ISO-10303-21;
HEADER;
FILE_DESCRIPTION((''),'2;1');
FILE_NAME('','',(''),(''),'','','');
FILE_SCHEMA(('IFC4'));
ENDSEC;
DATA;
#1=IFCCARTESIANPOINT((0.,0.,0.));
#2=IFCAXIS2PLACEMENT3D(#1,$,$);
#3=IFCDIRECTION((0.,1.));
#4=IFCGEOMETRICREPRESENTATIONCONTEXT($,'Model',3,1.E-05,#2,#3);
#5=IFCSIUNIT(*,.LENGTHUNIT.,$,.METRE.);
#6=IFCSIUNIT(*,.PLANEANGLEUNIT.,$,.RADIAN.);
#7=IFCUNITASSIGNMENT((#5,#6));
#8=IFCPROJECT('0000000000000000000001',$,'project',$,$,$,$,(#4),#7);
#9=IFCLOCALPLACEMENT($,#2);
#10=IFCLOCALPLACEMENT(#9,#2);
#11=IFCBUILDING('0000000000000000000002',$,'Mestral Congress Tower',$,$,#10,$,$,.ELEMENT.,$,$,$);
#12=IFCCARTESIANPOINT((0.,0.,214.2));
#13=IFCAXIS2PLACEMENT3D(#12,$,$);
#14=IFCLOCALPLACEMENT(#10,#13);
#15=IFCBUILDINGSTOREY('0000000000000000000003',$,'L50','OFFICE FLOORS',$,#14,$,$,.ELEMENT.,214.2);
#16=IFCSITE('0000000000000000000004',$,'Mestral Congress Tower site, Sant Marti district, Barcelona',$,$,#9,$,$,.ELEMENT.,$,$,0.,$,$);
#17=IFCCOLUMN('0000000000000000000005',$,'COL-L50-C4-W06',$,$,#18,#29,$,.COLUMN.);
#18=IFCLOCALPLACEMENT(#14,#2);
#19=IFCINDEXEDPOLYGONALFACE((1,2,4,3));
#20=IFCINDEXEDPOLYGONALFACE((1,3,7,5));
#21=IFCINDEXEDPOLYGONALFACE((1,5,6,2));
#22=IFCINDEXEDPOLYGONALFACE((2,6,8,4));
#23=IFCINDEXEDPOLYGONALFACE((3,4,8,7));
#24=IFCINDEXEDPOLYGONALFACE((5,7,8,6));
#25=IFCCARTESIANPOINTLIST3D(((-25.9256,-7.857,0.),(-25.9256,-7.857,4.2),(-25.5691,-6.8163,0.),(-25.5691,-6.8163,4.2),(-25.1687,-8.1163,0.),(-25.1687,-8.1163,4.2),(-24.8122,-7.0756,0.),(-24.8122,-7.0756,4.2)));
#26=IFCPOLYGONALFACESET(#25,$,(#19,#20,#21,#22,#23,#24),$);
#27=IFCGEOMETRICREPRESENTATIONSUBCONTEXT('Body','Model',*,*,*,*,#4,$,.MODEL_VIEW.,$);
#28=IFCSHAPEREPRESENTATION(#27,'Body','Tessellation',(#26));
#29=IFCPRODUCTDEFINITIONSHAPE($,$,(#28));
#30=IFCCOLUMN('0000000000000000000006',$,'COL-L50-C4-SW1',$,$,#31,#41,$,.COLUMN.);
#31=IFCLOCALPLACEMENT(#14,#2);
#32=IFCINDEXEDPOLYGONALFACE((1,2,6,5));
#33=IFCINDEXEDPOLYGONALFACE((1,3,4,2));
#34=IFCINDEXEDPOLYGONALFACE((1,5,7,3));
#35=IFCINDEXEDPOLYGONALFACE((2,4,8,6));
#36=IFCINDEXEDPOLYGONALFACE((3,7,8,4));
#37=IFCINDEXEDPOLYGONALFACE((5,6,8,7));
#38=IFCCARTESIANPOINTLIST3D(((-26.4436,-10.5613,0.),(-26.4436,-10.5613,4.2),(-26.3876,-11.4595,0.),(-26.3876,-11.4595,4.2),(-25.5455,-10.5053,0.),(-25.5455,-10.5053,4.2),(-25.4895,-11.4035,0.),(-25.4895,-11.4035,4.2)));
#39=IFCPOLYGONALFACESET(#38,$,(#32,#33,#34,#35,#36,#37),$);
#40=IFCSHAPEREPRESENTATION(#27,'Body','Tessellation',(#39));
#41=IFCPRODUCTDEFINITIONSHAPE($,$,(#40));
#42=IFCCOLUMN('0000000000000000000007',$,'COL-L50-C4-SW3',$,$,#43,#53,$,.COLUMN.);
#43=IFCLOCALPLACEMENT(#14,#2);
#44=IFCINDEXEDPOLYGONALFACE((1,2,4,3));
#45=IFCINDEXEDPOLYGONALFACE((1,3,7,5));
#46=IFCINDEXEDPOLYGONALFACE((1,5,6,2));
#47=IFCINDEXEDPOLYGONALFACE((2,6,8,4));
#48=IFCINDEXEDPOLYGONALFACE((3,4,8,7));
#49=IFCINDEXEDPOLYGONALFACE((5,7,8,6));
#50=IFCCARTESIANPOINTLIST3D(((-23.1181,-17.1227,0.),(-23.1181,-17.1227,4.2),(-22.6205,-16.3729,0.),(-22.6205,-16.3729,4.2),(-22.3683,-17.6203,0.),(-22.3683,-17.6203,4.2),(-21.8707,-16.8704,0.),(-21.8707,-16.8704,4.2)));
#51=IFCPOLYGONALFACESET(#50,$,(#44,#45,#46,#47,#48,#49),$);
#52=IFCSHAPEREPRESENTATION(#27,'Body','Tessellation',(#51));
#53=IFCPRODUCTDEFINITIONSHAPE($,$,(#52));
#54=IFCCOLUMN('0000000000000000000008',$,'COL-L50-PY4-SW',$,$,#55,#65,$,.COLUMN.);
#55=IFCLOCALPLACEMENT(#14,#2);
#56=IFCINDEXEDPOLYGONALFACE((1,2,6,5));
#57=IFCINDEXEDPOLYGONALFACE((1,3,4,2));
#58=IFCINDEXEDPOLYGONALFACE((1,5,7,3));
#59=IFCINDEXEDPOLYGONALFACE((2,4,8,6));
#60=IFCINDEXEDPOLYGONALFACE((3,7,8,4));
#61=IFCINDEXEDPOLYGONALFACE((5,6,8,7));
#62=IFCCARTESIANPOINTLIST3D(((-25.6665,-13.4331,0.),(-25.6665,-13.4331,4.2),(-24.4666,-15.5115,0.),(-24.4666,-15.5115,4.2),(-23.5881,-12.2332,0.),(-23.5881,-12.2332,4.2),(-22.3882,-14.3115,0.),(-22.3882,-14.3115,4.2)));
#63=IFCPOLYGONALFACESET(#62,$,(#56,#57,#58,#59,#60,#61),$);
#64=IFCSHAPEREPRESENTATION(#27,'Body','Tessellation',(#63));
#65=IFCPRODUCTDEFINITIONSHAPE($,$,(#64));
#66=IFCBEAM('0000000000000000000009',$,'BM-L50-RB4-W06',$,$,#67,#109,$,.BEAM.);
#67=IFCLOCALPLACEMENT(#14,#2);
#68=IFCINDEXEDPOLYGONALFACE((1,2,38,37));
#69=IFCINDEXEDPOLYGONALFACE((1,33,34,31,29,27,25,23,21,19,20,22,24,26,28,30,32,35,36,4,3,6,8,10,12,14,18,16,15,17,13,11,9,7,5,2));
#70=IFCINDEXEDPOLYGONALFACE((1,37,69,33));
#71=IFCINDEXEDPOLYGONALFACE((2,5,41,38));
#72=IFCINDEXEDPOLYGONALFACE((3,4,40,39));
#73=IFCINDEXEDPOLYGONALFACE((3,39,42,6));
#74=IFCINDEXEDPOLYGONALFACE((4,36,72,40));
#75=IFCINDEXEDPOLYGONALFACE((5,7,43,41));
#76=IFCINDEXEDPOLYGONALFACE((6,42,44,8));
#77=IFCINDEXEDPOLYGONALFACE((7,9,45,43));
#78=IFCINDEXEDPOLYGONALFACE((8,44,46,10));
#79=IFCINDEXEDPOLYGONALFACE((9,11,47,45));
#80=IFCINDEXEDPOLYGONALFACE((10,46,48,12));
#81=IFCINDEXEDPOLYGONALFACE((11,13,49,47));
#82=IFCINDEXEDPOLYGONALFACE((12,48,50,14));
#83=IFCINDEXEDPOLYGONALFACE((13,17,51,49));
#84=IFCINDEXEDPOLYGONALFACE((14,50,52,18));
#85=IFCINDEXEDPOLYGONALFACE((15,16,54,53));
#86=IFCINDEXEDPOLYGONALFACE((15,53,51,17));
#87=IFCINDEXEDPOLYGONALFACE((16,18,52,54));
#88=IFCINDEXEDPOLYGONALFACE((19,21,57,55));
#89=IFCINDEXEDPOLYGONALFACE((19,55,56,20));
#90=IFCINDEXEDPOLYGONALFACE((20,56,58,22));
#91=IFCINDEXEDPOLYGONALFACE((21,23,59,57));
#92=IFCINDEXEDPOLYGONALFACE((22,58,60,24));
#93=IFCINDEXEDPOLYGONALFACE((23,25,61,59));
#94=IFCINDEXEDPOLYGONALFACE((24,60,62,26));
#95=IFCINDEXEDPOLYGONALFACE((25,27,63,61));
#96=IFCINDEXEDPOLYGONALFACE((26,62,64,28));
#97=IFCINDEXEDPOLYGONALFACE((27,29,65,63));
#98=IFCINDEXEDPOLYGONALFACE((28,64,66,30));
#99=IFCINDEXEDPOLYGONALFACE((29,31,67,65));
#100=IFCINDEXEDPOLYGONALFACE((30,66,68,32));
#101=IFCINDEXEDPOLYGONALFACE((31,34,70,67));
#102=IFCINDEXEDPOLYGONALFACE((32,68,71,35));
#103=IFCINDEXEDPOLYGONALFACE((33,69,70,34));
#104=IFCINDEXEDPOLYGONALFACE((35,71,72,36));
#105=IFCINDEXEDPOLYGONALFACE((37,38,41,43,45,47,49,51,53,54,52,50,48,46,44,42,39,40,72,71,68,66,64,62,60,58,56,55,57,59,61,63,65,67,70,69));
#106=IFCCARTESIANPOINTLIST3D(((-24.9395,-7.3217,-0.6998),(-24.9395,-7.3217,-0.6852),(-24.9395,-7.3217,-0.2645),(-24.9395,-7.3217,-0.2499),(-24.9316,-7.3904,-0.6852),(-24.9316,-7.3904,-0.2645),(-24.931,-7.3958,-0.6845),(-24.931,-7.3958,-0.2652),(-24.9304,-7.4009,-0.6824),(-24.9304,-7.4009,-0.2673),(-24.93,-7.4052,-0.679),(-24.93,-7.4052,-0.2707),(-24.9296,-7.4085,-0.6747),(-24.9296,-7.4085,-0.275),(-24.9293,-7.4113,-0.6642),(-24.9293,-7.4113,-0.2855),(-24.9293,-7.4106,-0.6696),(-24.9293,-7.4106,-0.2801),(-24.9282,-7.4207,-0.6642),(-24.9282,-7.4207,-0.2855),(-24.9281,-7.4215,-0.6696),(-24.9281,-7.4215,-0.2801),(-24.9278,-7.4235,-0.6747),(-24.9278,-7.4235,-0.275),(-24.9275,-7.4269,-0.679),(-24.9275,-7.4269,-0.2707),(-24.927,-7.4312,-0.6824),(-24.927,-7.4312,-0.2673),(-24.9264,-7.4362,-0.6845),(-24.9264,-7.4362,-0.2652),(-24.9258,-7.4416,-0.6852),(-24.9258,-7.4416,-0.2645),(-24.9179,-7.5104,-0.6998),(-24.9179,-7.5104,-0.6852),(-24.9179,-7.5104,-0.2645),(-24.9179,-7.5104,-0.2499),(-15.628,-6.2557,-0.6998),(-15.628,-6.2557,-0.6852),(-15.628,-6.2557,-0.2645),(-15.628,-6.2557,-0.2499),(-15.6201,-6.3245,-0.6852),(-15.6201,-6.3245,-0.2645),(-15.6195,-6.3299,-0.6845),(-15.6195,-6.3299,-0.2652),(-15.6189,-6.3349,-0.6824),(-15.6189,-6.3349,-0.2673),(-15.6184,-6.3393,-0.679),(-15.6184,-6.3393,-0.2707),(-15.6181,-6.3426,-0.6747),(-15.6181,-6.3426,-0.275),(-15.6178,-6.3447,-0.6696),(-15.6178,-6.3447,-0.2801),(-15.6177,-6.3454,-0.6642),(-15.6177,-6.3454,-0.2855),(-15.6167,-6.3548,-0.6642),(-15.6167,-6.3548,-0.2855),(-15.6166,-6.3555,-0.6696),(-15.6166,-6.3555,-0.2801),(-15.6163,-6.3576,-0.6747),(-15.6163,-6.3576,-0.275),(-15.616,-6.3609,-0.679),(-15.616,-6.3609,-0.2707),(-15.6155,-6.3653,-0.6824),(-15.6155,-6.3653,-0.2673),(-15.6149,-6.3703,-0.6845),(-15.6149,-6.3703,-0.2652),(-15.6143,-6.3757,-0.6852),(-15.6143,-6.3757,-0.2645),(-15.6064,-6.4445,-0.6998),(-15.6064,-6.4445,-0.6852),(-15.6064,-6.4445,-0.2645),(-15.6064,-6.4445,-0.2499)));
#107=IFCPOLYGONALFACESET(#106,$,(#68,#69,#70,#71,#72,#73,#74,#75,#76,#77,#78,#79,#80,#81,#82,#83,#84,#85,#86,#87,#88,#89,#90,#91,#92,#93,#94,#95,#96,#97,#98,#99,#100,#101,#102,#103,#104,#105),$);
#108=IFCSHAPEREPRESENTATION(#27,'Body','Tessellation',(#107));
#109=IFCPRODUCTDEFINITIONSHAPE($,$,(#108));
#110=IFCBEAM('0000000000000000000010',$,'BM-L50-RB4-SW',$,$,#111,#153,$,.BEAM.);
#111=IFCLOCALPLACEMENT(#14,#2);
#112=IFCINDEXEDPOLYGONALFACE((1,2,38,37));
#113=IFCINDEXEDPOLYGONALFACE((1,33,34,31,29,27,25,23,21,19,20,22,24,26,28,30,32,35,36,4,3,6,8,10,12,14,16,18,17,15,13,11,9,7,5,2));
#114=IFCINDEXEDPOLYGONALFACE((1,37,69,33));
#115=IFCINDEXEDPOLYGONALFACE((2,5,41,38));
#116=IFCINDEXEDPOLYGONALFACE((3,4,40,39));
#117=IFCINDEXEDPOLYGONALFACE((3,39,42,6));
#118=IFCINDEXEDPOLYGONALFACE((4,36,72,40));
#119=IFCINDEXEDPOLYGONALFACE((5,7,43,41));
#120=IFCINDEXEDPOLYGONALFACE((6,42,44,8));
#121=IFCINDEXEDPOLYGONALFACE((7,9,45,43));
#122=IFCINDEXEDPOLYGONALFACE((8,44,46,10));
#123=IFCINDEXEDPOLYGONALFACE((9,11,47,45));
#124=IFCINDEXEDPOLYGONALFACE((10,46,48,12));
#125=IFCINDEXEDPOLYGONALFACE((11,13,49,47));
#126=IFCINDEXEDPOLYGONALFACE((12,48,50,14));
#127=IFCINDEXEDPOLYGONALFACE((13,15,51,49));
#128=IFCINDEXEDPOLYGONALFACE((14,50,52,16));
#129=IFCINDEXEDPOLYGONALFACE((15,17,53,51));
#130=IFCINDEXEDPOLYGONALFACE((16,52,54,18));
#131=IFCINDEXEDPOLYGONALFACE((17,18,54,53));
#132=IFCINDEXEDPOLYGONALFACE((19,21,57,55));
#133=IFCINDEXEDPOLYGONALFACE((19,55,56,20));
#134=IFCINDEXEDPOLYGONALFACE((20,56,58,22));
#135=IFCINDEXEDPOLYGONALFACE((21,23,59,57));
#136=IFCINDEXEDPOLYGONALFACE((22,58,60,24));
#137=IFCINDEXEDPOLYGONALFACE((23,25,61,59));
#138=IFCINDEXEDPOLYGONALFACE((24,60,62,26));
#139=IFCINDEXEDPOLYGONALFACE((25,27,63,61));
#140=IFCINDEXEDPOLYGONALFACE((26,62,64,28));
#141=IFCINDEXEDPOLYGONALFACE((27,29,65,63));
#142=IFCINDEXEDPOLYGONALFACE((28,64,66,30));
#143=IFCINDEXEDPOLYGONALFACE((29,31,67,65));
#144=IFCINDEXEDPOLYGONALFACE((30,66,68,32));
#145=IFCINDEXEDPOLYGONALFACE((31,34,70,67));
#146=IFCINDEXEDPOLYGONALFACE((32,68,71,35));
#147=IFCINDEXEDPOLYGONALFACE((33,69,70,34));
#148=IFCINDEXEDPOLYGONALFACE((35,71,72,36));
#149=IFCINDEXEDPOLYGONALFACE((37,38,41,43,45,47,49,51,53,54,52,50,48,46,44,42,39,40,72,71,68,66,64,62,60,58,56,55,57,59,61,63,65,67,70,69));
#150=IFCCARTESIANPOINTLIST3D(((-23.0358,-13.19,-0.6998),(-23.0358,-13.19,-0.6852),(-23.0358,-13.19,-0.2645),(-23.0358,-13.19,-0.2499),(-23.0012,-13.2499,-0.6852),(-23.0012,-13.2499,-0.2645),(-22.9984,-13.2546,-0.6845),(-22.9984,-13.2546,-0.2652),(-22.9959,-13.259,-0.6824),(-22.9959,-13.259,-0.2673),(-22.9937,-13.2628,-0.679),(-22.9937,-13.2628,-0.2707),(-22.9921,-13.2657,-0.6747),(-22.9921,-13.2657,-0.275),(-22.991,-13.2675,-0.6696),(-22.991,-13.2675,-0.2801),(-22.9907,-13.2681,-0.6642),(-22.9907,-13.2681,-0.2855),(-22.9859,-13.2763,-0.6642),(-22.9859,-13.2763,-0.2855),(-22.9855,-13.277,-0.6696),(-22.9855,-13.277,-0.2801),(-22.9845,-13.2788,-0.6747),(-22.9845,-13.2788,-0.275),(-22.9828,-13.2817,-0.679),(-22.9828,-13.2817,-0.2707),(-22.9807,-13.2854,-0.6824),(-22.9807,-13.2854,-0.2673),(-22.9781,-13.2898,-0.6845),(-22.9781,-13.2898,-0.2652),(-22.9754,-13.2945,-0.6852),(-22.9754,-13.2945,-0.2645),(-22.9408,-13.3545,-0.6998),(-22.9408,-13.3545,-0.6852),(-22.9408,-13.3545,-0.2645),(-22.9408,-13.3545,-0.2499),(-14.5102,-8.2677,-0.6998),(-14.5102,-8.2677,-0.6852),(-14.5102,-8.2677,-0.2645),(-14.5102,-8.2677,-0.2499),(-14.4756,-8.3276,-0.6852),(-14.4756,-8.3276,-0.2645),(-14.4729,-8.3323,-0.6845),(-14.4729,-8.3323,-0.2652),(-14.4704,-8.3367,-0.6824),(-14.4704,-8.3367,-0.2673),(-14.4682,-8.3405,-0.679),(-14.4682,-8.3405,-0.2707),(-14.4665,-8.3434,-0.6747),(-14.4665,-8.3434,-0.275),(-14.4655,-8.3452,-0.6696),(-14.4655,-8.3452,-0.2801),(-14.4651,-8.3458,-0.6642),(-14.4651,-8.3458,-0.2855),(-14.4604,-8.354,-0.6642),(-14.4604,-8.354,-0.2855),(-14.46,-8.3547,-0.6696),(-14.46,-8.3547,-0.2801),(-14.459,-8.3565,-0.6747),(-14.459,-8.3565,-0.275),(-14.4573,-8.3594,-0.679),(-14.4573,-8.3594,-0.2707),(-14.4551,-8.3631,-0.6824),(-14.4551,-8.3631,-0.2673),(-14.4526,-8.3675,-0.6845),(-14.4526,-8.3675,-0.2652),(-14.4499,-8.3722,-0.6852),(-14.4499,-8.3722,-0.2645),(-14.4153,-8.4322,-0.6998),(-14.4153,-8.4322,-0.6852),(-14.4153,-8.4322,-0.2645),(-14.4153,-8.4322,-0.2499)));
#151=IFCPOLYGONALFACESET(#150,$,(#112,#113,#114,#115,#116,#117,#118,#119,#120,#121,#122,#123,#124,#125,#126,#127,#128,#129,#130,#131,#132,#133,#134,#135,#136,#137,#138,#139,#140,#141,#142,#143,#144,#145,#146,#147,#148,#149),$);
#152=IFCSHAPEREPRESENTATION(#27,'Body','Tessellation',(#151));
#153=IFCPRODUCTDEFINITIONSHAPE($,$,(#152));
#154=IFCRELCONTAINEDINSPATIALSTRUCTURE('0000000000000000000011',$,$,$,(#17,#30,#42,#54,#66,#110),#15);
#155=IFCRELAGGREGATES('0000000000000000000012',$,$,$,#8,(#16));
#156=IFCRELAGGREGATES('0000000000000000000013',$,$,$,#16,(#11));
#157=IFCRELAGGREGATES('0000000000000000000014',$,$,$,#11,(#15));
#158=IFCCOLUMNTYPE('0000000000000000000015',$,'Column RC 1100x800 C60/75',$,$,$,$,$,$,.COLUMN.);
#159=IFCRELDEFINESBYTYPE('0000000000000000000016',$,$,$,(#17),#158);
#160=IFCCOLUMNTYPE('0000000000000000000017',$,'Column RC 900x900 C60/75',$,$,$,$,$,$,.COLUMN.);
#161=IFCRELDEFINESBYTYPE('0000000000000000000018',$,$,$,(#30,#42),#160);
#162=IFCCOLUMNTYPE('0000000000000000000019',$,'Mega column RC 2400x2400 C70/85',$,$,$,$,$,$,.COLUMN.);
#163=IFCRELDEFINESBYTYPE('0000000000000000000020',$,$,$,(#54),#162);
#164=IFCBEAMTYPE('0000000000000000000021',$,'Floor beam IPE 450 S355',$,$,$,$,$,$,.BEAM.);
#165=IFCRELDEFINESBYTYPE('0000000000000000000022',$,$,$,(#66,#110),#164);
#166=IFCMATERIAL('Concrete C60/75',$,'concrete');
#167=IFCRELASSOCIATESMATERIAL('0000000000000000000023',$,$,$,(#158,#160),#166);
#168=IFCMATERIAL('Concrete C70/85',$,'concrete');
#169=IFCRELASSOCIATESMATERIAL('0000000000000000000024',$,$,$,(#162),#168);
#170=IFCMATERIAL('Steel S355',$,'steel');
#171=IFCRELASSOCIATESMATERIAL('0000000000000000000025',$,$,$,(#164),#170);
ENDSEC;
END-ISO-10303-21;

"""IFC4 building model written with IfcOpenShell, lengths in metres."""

from ifc_helpers import new_model, si_unit, direction, frame, origin, origin_2d, place, context, subcontext, project, spatial, rectangle, i_section, extrude, material, material_profile, profile_set, type_object, element, save


model = new_model("IFC4")

# Units and contexts
model_context = context("Model", 3, precision=1e-05, world=origin(), true_north=direction((0.0, 1.0)))
body_context = subcontext(model_context, "Body", "Model", "MODEL_VIEW")
ifc_project = project(units=[si_unit("LENGTHUNIT", "METRE"), si_unit("PLANEANGLEUNIT", "RADIAN")], contexts=[model_context])

# Site, building, storey
site_placement = place(None, origin())
site = spatial("IfcSite", under=ifc_project, at=site_placement, Name="Mestral Congress Tower site, Sant Marti district, Barcelona", CompositionType="ELEMENT", RefElevation=0.0)
building_placement = place(site_placement, origin())
building = spatial("IfcBuilding", under=site, at=building_placement, Name="Mestral Congress Tower", CompositionType="ELEMENT")
storey_placement = place(building_placement, frame((0.0, 0.0, 214.2)))
storey = spatial("IfcBuildingStorey", under=building, at=storey_placement, Name="L50", Description="OFFICE FLOORS", CompositionType="ELEMENT", Elevation=214.2)

# Columns
ifc_material_1 = material(Name="Concrete C60/75", Category="concrete")
ifc_material_profile_1 = material_profile(ifc_material_1, rectangle(XDim=1.1001, YDim=0.8, at=origin_2d()), Name="RC 1100x800")
ifc_profile_set_1 = profile_set([ifc_material_profile_1], Name="Concrete C60/75")
column_type_1 = type_object("IfcColumnType", Name="Column RC 1100x800 C60/75", PredefinedType="COLUMN", material=ifc_profile_set_1)
column_1_placement = place(storey_placement, frame((-25.3689, -7.4663, 0.0), z_axis=(0.0, 0.0, 1.0), x_axis=(-0.324074, -0.946032, 0.0)))
element("IfcColumn", 1, at=column_1_placement, inside=storey, type_object=column_type_1, Name="COL-L50-C4-W06", PredefinedType="COLUMN", context=body_context, shape_type="SweptSolid", body=[
    extrude(rectangle(XDim=1.1001, YDim=0.8, at=origin_2d()), origin(), (0.0, 0.0, 1.0), 4.2),
])
ifc_material_profile_2 = material_profile(ifc_material_1, rectangle(XDim=0.8999, YDim=0.8999, at=origin_2d()), Name="RC 900x900")
ifc_profile_set_2 = profile_set([ifc_material_profile_2], Name="Concrete C60/75")
column_type_2 = type_object("IfcColumnType", Name="Column RC 900x900 C60/75", PredefinedType="COLUMN", material=ifc_profile_set_2)
for number, where, z_axis, x_axis, name in (
    (2, (-25.9666, -10.9824, 0.0), (0.0, 0.0, 1.0), (0.062217, -0.998063, 0.0), "COL-L50-C4-SW1"),
    (3, (-22.4944, -16.9966, 0.0), (0.0, 0.0, 1.0), (0.833239, -0.552913, 0.0), "COL-L50-C4-SW3"),
):
    element("IfcColumn", number, at=place(storey_placement, frame(where, z_axis=z_axis, x_axis=x_axis)), inside=storey, type_object=column_type_2, Name=name, PredefinedType="COLUMN", context=body_context, shape_type="SweptSolid", body=[
        extrude(rectangle(XDim=0.8999, YDim=0.8999, at=origin_2d()), origin(), (0.0, 0.0, 1.0), 4.2),
    ])
ifc_material_2 = material(Name="Concrete C70/85", Category="concrete")
ifc_material_profile_3 = material_profile(ifc_material_2, rectangle(XDim=2.3999, YDim=2.3999, at=origin_2d()), Name="RC 2400x2400")
ifc_profile_set_3 = profile_set([ifc_material_profile_3], Name="Concrete C70/85")
column_type_3 = type_object("IfcColumnType", Name="Mega column RC 2400x2400 C70/85", PredefinedType="COLUMN", material=ifc_profile_set_3)
column_2_placement = place(storey_placement, frame((-24.0273, -13.8723, 0.0), z_axis=(0.0, 0.0, 1.0), x_axis=(-0.866025, -0.5, 0.0)))
element("IfcColumn", 4, at=column_2_placement, inside=storey, type_object=column_type_3, Name="COL-L50-PY4-SW", PredefinedType="COLUMN", context=body_context, shape_type="SweptSolid", body=[
    extrude(rectangle(XDim=2.3999, YDim=2.3999, at=origin_2d()), origin(), (0.0, 0.0, 1.0), 4.2),
])

# Beams
ifc_material_3 = material(Name="Steel S355", Category="steel")
ifc_material_profile_4 = material_profile(ifc_material_3, i_section(OverallWidth=0.1899, OverallDepth=0.45, WebThickness=0.0095, FlangeThickness=0.0146, FilletRadius=0.021, at=origin_2d()), Name="IPE 450")
ifc_profile_set_4 = profile_set([ifc_material_profile_4], Name="Steel S355")
beam_type_1 = type_object("IfcBeamType", Name="Floor beam IPE 450 S355", PredefinedType="BEAM", material=ifc_profile_set_4)
beam_1_placement = place(storey_placement, frame((-24.9287, -7.416, -0.4749), z_axis=(0.993512, 0.11373, 0.0), x_axis=(-0.11373, 0.993512, 0.0)))
element("IfcBeam", 5, at=beam_1_placement, inside=storey, type_object=beam_type_1, Name="BM-L50-RB4-W06", PredefinedType="BEAM", context=body_context, shape_type="SweptSolid", body=[
    extrude(i_section(OverallWidth=0.1899, OverallDepth=0.45, WebThickness=0.0095, FlangeThickness=0.0146, FilletRadius=0.021, at=origin_2d()), origin(), (0.0, 0.0, 1.0), 9.3723),
])
beam_2_placement = place(storey_placement, frame((-22.9883, -13.2722, -0.4749), z_axis=(0.866022, 0.500007, 0.0), x_axis=(-0.500007, 0.866022, 0.0)))
element("IfcBeam", 6, at=beam_2_placement, inside=storey, type_object=beam_type_1, Name="BM-L50-RB4-SW", PredefinedType="BEAM", context=body_context, shape_type="SweptSolid", body=[
    extrude(i_section(OverallWidth=0.1899, OverallDepth=0.45, WebThickness=0.0095, FlangeThickness=0.0146, FilletRadius=0.021, at=origin_2d()), origin(), (0.0, 0.0, 1.0), 9.8445),
])

save(model, "model.ifc")
